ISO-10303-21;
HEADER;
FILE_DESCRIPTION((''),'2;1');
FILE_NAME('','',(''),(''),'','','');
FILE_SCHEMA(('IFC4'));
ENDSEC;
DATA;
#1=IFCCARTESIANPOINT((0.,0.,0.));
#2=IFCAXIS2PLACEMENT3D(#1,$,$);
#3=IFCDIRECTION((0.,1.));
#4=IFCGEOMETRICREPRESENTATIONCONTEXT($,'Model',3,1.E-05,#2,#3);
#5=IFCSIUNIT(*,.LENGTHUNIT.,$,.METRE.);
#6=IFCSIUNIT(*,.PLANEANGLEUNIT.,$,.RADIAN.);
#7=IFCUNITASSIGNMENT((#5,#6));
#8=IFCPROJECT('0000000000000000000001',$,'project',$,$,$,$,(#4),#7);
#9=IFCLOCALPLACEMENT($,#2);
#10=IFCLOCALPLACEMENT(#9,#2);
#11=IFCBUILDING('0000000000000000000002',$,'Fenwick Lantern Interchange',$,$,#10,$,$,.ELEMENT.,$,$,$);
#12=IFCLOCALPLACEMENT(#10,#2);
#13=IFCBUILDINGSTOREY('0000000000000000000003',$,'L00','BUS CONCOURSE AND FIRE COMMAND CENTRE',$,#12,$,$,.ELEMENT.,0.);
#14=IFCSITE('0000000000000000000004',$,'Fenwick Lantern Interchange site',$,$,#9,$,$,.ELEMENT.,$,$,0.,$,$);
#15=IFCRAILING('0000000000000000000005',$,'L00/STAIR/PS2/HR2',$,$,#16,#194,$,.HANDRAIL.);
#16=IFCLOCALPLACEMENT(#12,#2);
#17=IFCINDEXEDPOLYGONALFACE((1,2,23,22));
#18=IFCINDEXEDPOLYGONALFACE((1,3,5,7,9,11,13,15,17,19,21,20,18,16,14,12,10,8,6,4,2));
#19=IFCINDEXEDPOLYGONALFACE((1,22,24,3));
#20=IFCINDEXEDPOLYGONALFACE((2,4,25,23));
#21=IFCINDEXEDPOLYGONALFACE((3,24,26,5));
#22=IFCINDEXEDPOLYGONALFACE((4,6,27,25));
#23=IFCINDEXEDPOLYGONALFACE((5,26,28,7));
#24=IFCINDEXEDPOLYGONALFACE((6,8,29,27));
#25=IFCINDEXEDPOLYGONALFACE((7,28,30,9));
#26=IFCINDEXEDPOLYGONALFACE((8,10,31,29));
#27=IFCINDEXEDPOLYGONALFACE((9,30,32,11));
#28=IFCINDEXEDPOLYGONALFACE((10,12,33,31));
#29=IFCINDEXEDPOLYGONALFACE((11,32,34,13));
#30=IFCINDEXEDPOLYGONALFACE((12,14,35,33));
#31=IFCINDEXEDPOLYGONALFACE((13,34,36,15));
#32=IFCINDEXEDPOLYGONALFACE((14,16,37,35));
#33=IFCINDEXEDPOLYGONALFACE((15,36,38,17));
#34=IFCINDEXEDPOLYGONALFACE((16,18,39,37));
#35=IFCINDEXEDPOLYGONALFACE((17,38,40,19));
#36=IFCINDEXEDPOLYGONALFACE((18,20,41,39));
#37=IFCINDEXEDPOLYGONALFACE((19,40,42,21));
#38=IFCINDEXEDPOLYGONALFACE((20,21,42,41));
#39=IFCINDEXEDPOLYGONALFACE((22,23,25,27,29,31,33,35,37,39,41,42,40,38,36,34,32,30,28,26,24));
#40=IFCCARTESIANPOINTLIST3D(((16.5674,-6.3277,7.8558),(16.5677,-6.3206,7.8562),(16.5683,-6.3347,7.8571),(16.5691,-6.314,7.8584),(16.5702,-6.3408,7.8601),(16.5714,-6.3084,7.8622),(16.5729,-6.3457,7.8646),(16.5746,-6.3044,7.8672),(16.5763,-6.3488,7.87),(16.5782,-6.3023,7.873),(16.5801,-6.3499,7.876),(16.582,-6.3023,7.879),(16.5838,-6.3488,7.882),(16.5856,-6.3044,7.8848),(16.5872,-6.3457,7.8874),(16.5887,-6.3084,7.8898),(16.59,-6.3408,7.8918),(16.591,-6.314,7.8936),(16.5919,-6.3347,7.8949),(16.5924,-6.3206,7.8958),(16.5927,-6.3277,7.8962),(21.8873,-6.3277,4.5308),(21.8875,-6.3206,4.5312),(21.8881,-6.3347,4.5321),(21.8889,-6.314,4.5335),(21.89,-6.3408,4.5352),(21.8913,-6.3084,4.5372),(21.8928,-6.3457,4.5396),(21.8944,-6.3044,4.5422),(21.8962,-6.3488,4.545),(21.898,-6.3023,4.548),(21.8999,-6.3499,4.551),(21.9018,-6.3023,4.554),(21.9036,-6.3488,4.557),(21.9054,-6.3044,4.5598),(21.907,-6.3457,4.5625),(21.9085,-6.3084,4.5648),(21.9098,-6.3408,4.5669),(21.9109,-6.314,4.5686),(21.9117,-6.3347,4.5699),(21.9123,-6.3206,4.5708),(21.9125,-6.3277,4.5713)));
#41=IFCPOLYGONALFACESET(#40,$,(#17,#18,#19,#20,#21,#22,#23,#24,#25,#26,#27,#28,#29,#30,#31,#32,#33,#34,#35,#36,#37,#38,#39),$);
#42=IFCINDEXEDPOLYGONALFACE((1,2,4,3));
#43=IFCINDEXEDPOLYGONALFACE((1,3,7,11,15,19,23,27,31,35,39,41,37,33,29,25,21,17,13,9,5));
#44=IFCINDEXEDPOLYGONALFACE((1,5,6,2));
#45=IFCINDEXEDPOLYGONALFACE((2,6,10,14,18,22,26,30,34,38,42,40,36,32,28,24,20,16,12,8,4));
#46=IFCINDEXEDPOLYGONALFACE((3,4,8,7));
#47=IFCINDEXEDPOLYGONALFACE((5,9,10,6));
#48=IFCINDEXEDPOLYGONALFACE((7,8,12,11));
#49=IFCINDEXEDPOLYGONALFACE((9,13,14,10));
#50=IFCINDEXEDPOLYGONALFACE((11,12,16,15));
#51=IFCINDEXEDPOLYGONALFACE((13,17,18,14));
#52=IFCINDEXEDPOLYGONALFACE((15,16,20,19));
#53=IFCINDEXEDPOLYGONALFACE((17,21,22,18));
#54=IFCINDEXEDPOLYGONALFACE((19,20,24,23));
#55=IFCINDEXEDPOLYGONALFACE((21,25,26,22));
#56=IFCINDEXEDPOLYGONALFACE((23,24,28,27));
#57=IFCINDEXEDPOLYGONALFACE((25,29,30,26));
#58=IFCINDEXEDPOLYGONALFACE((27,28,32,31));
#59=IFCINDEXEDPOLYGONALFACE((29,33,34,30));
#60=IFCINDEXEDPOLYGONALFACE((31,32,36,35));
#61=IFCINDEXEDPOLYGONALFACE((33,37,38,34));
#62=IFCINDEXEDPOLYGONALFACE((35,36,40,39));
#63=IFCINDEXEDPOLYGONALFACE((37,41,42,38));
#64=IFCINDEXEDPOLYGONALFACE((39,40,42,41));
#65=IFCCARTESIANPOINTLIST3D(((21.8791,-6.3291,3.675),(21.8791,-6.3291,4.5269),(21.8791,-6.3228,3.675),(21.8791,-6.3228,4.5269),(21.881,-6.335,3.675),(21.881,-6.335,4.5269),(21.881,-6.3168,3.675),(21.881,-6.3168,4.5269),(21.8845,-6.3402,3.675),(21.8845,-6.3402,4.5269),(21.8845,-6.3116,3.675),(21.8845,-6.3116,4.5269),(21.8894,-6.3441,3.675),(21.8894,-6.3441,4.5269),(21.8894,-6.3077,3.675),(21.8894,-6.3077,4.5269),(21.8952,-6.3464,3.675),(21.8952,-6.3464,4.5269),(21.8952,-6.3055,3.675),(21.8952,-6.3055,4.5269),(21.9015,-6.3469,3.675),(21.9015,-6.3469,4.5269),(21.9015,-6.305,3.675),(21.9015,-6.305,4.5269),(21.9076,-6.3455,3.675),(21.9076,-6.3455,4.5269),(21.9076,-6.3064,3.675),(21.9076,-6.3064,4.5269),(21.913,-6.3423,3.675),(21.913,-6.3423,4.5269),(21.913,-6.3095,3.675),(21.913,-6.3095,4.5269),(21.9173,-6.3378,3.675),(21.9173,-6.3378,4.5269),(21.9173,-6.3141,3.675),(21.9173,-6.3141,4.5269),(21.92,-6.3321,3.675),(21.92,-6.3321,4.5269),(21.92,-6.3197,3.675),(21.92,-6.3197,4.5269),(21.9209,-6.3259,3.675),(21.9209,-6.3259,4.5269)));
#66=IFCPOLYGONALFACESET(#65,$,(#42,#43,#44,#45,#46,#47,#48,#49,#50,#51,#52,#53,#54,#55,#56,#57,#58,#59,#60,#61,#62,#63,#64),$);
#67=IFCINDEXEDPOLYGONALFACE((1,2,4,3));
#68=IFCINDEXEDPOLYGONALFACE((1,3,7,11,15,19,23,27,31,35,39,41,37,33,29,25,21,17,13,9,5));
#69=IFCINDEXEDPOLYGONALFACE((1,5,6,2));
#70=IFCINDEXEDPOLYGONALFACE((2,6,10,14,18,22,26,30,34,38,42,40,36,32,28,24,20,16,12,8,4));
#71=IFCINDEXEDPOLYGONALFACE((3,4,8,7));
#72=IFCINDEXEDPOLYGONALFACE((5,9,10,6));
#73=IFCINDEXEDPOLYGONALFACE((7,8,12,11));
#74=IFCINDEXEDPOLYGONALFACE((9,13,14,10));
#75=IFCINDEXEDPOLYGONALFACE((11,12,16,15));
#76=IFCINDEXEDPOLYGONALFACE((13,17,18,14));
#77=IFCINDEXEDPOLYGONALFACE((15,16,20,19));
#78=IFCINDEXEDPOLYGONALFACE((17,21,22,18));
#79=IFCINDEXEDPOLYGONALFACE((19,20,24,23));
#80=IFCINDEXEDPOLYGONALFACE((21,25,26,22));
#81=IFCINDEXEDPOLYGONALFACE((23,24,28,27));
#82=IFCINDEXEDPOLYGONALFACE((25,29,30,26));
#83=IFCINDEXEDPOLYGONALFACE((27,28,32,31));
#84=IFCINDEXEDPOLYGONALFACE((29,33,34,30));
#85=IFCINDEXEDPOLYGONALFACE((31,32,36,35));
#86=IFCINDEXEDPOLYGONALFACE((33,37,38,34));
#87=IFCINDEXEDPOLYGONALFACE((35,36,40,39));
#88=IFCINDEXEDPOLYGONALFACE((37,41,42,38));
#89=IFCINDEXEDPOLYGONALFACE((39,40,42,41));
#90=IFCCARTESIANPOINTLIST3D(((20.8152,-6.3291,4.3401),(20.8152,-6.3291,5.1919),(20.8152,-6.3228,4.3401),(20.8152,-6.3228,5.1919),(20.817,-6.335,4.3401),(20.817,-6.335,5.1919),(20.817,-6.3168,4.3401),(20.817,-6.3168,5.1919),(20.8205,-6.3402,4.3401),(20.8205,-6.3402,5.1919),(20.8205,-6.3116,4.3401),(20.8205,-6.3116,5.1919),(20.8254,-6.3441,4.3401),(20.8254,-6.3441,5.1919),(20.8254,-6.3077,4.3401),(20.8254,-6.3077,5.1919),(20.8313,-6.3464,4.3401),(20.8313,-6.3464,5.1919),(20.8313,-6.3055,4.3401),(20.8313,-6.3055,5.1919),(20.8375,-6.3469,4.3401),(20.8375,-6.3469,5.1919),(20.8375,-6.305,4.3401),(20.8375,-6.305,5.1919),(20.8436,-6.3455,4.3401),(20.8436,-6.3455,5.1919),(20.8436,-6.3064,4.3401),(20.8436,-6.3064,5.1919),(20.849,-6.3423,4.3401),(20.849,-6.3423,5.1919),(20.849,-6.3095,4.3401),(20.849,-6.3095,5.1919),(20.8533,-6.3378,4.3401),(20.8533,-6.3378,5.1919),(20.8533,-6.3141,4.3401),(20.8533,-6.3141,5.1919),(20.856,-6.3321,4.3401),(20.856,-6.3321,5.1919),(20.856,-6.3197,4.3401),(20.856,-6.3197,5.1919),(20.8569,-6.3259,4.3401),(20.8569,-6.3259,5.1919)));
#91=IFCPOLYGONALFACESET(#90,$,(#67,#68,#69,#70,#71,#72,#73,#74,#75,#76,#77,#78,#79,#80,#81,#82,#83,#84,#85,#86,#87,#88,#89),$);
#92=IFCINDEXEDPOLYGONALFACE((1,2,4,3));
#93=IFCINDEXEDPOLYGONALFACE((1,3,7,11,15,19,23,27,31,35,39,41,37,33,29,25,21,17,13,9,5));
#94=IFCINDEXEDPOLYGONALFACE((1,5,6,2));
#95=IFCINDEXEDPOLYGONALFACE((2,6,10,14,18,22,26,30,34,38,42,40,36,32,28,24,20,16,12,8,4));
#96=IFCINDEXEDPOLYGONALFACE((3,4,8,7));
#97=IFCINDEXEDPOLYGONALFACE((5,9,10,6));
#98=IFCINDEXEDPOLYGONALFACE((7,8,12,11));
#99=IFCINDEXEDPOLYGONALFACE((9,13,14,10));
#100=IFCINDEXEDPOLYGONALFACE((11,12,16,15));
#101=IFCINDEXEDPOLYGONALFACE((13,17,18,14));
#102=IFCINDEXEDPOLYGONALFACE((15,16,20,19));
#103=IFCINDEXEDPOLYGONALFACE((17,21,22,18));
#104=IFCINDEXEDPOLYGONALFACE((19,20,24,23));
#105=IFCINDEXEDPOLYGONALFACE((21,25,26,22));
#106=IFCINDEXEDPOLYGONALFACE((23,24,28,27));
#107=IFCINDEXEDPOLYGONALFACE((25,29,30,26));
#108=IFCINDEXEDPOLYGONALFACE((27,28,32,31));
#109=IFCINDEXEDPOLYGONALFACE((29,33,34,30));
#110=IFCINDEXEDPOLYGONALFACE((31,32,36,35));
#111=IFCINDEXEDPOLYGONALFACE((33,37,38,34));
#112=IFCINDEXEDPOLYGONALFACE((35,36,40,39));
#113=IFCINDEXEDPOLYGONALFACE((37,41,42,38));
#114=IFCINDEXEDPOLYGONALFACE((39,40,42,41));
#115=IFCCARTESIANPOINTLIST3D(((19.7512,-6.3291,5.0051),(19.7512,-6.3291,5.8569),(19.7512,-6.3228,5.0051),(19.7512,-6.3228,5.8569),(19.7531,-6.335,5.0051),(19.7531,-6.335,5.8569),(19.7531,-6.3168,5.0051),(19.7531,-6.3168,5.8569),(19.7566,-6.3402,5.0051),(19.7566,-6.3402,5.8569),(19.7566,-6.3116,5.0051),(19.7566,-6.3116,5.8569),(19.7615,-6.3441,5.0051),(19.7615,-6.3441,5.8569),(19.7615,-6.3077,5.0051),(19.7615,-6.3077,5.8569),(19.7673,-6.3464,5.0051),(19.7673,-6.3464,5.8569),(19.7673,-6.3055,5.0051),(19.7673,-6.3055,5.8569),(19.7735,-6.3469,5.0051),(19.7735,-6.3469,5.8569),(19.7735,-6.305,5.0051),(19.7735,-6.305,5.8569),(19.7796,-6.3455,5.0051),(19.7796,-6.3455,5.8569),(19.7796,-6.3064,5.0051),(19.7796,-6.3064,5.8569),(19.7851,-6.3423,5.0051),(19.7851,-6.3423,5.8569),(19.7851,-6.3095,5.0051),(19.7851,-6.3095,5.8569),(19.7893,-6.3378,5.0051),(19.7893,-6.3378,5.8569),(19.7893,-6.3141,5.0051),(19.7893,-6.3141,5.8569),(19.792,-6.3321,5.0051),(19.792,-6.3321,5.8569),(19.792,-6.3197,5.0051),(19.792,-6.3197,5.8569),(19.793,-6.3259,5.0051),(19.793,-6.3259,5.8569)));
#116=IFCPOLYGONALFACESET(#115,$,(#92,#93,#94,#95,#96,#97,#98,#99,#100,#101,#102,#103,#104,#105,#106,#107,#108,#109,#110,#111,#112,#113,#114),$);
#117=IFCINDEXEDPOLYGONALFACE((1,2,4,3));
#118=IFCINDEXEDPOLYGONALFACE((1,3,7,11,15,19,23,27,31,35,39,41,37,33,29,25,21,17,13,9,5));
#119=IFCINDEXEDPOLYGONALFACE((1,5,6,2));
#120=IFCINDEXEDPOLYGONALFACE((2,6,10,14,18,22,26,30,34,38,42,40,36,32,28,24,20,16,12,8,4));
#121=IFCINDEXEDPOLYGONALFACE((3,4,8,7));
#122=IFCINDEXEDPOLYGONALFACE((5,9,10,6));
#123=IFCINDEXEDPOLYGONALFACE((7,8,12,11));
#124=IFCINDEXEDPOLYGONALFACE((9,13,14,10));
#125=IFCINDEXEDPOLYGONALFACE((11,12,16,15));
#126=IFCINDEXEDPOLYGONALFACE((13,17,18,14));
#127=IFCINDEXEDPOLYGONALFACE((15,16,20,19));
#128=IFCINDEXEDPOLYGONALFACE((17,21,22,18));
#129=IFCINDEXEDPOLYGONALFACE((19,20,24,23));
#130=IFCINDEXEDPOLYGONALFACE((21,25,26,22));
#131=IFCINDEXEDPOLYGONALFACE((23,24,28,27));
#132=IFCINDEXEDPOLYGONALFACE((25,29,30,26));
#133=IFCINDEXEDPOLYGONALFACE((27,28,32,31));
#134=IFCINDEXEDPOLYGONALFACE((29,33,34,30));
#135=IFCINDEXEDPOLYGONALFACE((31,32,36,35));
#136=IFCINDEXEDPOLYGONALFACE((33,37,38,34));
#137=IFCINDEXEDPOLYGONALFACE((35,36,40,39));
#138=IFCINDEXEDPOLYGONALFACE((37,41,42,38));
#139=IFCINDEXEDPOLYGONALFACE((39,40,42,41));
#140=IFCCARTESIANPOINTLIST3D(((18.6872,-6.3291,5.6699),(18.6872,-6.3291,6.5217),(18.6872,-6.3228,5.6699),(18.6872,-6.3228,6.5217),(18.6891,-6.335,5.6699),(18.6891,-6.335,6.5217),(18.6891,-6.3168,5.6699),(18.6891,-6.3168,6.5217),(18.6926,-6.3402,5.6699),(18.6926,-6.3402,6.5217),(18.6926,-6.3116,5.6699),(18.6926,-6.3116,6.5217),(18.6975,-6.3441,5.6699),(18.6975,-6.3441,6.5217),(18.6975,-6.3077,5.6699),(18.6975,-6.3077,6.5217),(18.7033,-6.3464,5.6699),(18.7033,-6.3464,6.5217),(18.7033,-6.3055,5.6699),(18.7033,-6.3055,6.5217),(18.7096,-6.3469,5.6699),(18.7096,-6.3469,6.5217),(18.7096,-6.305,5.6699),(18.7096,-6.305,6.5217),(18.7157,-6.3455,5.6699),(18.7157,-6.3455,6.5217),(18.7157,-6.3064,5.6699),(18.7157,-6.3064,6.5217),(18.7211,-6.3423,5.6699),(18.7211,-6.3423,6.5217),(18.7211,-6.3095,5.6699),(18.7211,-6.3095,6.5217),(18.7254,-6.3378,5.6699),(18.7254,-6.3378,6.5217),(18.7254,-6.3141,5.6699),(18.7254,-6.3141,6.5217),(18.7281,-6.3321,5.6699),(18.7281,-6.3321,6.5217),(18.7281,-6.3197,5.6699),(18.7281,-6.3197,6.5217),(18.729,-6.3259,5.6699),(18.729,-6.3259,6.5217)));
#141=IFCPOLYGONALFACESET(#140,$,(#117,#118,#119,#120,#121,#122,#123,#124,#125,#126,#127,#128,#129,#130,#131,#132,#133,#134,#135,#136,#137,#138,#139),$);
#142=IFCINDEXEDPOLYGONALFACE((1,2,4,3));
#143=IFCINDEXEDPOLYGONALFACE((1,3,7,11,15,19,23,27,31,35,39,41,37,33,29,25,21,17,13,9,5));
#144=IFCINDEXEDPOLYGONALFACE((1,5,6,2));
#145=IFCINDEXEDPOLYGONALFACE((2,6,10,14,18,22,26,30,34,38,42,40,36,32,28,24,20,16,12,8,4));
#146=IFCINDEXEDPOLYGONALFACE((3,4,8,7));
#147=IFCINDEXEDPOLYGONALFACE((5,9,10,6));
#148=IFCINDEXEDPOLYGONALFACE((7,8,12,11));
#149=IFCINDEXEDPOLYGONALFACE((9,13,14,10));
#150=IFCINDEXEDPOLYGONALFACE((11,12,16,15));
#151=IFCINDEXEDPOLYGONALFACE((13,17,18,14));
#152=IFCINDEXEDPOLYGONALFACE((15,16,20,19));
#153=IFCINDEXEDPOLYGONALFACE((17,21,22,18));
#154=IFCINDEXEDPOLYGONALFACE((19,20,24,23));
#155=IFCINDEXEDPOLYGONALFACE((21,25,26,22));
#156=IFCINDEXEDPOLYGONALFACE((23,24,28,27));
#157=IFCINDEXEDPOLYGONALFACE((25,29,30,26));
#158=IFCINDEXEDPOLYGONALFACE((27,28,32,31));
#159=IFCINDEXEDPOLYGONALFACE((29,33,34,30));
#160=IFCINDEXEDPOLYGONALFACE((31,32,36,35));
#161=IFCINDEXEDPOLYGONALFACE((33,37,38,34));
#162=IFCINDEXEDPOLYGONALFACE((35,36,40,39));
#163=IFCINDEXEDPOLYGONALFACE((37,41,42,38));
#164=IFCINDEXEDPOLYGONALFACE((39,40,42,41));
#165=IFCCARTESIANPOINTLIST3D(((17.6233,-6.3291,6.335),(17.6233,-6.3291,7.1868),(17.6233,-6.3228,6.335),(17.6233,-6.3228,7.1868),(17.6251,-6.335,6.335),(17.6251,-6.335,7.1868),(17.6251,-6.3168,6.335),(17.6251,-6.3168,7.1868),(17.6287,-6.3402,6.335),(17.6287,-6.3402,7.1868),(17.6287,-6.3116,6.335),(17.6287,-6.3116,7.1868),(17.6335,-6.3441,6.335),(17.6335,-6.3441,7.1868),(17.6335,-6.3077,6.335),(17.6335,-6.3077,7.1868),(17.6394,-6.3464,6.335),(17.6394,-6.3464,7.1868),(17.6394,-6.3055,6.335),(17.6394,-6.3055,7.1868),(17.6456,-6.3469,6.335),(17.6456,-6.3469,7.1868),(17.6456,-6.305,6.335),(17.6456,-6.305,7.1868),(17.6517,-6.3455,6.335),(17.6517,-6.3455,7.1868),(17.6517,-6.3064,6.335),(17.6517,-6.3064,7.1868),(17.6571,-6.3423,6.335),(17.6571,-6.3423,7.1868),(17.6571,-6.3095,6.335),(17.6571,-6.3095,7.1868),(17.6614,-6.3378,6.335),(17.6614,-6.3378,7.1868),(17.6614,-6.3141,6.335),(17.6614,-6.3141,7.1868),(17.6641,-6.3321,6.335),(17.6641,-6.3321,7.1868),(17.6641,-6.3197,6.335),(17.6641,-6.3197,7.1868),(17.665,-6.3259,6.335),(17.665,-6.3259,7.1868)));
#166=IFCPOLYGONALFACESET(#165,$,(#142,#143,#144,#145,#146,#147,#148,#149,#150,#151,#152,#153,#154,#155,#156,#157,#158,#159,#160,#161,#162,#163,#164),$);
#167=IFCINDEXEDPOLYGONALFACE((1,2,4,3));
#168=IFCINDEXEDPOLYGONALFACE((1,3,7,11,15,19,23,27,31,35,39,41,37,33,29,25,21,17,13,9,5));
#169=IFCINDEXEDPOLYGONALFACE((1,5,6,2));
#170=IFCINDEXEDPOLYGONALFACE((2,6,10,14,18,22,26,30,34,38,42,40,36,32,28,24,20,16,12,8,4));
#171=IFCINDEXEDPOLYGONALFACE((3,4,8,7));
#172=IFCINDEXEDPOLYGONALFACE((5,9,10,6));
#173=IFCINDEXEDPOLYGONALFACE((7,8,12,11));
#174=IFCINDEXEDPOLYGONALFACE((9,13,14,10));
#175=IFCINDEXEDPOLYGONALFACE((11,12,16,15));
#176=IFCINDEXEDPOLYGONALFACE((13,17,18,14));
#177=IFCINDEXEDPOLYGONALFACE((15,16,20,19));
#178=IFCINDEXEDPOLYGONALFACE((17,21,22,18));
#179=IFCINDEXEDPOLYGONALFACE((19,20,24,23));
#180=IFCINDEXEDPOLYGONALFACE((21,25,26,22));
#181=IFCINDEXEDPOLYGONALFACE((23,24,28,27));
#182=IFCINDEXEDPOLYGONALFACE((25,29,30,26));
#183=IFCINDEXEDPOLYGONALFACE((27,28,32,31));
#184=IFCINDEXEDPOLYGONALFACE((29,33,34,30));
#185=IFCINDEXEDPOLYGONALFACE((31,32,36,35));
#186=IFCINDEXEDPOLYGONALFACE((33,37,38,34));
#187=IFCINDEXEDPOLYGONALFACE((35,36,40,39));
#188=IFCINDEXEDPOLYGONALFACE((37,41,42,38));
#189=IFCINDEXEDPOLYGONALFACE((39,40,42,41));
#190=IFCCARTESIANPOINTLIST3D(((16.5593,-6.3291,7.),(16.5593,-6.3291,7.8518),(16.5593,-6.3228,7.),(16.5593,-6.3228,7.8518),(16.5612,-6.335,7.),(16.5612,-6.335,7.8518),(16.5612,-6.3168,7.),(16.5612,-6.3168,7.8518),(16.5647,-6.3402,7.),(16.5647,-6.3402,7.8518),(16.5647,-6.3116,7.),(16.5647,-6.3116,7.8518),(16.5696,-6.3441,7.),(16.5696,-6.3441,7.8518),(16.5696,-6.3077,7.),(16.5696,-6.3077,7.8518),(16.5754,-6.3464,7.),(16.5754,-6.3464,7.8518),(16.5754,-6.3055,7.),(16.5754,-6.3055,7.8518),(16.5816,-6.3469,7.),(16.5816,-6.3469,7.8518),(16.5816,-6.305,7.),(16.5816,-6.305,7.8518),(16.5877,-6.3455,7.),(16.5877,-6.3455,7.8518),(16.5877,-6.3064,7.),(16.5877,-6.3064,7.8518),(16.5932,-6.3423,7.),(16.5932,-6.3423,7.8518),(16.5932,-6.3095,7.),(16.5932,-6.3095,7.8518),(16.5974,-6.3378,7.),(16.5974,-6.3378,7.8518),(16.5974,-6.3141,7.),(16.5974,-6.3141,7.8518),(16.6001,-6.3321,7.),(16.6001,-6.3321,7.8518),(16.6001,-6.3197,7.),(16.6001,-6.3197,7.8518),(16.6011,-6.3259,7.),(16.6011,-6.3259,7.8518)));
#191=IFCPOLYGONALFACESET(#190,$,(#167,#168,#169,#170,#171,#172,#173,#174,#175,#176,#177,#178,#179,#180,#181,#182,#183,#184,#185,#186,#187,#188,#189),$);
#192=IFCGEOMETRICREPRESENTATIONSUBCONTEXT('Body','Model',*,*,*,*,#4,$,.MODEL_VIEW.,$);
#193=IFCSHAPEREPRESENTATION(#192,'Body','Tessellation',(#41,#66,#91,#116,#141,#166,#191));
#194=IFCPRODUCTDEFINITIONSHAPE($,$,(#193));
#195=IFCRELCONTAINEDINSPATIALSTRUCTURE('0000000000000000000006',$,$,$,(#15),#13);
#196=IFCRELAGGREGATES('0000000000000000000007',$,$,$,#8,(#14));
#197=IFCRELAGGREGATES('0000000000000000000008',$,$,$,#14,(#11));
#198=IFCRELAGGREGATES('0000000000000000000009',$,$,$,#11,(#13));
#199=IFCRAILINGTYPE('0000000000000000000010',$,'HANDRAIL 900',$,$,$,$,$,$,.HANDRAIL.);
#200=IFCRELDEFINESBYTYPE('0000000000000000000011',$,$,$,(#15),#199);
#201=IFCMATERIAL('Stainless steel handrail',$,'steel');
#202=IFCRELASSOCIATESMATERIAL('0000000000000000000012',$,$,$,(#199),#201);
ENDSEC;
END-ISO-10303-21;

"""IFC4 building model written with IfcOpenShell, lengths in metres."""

from ifc_helpers import new_model, si_unit, direction, frame, origin, origin_2d, place, context, subcontext, project, spatial, circle, extrude, material, type_object, element, save


model = new_model("IFC4")

# Units and contexts
model_context = context("Model", 3, precision=1e-05, world=origin(), true_north=direction((0.0, 1.0)))
body_context = subcontext(model_context, "Body", "Model", "MODEL_VIEW")
ifc_project = project(units=[si_unit("LENGTHUNIT", "METRE"), si_unit("PLANEANGLEUNIT", "RADIAN")], contexts=[model_context])

# Site, building, storey
site_placement = place(None, origin())
site = spatial("IfcSite", under=ifc_project, at=site_placement, Name="Fenwick Lantern Interchange site", CompositionType="ELEMENT", RefElevation=0.0)
building_placement = place(site_placement, origin())
building = spatial("IfcBuilding", under=site, at=building_placement, Name="Fenwick Lantern Interchange", CompositionType="ELEMENT")
storey_placement = place(building_placement, origin())
storey = spatial("IfcBuildingStorey", under=building, at=storey_placement, Name="L00", Description="BUS CONCOURSE AND FIRE COMMAND CENTRE", CompositionType="ELEMENT", Elevation=0.0)

# Railing
ifc_material_1 = material(Name="Stainless steel handrail", Category="steel")
railing_type = type_object("IfcRailingType", Name="HANDRAIL 900", PredefinedType="HANDRAIL", material=ifc_material_1)
railing_placement = place(storey_placement, frame((21.8999, -6.3259, 3.675)))
element("IfcRailing", 1, at=railing_placement, inside=storey, type_object=railing_type, Name="L00/STAIR/PS2/HR2", PredefinedType="HANDRAIL", context=body_context, shape_type="SweptSolid", body=[
    extrude(circle(Radius=0.0239, at=origin_2d()), frame((0.0, 0.0, 0.876), z_axis=(-0.847994, 0.0, 0.530006), x_axis=(0.0, -1.0, 0.0)), (0.0, 0.0, 1.0), 6.2734),
    extrude(circle(Radius=0.021, at=origin_2d()), origin(), (0.0, 0.0, 1.0), 0.8518),
    extrude(circle(Radius=0.021, at=origin_2d()), frame((-1.064, 0.0, 0.665)), (0.0, 0.0, 1.0), 0.8518),
    extrude(circle(Radius=0.021, at=origin_2d()), frame((-2.1279, 0.0, 1.3301)), (0.0, 0.0, 1.0), 0.8518),
    extrude(circle(Radius=0.021, at=origin_2d()), frame((-3.1919, 0.0, 1.9949)), (0.0, 0.0, 1.0), 0.8518),
    extrude(circle(Radius=0.021, at=origin_2d()), frame((-4.2559, 0.0, 2.6599)), (0.0, 0.0, 1.0), 0.8518),
    extrude(circle(Radius=0.021, at=origin_2d()), frame((-5.3198, 0.0, 3.325)), (0.0, 0.0, 1.0), 0.8518),
])

save(model, "model.ifc")
